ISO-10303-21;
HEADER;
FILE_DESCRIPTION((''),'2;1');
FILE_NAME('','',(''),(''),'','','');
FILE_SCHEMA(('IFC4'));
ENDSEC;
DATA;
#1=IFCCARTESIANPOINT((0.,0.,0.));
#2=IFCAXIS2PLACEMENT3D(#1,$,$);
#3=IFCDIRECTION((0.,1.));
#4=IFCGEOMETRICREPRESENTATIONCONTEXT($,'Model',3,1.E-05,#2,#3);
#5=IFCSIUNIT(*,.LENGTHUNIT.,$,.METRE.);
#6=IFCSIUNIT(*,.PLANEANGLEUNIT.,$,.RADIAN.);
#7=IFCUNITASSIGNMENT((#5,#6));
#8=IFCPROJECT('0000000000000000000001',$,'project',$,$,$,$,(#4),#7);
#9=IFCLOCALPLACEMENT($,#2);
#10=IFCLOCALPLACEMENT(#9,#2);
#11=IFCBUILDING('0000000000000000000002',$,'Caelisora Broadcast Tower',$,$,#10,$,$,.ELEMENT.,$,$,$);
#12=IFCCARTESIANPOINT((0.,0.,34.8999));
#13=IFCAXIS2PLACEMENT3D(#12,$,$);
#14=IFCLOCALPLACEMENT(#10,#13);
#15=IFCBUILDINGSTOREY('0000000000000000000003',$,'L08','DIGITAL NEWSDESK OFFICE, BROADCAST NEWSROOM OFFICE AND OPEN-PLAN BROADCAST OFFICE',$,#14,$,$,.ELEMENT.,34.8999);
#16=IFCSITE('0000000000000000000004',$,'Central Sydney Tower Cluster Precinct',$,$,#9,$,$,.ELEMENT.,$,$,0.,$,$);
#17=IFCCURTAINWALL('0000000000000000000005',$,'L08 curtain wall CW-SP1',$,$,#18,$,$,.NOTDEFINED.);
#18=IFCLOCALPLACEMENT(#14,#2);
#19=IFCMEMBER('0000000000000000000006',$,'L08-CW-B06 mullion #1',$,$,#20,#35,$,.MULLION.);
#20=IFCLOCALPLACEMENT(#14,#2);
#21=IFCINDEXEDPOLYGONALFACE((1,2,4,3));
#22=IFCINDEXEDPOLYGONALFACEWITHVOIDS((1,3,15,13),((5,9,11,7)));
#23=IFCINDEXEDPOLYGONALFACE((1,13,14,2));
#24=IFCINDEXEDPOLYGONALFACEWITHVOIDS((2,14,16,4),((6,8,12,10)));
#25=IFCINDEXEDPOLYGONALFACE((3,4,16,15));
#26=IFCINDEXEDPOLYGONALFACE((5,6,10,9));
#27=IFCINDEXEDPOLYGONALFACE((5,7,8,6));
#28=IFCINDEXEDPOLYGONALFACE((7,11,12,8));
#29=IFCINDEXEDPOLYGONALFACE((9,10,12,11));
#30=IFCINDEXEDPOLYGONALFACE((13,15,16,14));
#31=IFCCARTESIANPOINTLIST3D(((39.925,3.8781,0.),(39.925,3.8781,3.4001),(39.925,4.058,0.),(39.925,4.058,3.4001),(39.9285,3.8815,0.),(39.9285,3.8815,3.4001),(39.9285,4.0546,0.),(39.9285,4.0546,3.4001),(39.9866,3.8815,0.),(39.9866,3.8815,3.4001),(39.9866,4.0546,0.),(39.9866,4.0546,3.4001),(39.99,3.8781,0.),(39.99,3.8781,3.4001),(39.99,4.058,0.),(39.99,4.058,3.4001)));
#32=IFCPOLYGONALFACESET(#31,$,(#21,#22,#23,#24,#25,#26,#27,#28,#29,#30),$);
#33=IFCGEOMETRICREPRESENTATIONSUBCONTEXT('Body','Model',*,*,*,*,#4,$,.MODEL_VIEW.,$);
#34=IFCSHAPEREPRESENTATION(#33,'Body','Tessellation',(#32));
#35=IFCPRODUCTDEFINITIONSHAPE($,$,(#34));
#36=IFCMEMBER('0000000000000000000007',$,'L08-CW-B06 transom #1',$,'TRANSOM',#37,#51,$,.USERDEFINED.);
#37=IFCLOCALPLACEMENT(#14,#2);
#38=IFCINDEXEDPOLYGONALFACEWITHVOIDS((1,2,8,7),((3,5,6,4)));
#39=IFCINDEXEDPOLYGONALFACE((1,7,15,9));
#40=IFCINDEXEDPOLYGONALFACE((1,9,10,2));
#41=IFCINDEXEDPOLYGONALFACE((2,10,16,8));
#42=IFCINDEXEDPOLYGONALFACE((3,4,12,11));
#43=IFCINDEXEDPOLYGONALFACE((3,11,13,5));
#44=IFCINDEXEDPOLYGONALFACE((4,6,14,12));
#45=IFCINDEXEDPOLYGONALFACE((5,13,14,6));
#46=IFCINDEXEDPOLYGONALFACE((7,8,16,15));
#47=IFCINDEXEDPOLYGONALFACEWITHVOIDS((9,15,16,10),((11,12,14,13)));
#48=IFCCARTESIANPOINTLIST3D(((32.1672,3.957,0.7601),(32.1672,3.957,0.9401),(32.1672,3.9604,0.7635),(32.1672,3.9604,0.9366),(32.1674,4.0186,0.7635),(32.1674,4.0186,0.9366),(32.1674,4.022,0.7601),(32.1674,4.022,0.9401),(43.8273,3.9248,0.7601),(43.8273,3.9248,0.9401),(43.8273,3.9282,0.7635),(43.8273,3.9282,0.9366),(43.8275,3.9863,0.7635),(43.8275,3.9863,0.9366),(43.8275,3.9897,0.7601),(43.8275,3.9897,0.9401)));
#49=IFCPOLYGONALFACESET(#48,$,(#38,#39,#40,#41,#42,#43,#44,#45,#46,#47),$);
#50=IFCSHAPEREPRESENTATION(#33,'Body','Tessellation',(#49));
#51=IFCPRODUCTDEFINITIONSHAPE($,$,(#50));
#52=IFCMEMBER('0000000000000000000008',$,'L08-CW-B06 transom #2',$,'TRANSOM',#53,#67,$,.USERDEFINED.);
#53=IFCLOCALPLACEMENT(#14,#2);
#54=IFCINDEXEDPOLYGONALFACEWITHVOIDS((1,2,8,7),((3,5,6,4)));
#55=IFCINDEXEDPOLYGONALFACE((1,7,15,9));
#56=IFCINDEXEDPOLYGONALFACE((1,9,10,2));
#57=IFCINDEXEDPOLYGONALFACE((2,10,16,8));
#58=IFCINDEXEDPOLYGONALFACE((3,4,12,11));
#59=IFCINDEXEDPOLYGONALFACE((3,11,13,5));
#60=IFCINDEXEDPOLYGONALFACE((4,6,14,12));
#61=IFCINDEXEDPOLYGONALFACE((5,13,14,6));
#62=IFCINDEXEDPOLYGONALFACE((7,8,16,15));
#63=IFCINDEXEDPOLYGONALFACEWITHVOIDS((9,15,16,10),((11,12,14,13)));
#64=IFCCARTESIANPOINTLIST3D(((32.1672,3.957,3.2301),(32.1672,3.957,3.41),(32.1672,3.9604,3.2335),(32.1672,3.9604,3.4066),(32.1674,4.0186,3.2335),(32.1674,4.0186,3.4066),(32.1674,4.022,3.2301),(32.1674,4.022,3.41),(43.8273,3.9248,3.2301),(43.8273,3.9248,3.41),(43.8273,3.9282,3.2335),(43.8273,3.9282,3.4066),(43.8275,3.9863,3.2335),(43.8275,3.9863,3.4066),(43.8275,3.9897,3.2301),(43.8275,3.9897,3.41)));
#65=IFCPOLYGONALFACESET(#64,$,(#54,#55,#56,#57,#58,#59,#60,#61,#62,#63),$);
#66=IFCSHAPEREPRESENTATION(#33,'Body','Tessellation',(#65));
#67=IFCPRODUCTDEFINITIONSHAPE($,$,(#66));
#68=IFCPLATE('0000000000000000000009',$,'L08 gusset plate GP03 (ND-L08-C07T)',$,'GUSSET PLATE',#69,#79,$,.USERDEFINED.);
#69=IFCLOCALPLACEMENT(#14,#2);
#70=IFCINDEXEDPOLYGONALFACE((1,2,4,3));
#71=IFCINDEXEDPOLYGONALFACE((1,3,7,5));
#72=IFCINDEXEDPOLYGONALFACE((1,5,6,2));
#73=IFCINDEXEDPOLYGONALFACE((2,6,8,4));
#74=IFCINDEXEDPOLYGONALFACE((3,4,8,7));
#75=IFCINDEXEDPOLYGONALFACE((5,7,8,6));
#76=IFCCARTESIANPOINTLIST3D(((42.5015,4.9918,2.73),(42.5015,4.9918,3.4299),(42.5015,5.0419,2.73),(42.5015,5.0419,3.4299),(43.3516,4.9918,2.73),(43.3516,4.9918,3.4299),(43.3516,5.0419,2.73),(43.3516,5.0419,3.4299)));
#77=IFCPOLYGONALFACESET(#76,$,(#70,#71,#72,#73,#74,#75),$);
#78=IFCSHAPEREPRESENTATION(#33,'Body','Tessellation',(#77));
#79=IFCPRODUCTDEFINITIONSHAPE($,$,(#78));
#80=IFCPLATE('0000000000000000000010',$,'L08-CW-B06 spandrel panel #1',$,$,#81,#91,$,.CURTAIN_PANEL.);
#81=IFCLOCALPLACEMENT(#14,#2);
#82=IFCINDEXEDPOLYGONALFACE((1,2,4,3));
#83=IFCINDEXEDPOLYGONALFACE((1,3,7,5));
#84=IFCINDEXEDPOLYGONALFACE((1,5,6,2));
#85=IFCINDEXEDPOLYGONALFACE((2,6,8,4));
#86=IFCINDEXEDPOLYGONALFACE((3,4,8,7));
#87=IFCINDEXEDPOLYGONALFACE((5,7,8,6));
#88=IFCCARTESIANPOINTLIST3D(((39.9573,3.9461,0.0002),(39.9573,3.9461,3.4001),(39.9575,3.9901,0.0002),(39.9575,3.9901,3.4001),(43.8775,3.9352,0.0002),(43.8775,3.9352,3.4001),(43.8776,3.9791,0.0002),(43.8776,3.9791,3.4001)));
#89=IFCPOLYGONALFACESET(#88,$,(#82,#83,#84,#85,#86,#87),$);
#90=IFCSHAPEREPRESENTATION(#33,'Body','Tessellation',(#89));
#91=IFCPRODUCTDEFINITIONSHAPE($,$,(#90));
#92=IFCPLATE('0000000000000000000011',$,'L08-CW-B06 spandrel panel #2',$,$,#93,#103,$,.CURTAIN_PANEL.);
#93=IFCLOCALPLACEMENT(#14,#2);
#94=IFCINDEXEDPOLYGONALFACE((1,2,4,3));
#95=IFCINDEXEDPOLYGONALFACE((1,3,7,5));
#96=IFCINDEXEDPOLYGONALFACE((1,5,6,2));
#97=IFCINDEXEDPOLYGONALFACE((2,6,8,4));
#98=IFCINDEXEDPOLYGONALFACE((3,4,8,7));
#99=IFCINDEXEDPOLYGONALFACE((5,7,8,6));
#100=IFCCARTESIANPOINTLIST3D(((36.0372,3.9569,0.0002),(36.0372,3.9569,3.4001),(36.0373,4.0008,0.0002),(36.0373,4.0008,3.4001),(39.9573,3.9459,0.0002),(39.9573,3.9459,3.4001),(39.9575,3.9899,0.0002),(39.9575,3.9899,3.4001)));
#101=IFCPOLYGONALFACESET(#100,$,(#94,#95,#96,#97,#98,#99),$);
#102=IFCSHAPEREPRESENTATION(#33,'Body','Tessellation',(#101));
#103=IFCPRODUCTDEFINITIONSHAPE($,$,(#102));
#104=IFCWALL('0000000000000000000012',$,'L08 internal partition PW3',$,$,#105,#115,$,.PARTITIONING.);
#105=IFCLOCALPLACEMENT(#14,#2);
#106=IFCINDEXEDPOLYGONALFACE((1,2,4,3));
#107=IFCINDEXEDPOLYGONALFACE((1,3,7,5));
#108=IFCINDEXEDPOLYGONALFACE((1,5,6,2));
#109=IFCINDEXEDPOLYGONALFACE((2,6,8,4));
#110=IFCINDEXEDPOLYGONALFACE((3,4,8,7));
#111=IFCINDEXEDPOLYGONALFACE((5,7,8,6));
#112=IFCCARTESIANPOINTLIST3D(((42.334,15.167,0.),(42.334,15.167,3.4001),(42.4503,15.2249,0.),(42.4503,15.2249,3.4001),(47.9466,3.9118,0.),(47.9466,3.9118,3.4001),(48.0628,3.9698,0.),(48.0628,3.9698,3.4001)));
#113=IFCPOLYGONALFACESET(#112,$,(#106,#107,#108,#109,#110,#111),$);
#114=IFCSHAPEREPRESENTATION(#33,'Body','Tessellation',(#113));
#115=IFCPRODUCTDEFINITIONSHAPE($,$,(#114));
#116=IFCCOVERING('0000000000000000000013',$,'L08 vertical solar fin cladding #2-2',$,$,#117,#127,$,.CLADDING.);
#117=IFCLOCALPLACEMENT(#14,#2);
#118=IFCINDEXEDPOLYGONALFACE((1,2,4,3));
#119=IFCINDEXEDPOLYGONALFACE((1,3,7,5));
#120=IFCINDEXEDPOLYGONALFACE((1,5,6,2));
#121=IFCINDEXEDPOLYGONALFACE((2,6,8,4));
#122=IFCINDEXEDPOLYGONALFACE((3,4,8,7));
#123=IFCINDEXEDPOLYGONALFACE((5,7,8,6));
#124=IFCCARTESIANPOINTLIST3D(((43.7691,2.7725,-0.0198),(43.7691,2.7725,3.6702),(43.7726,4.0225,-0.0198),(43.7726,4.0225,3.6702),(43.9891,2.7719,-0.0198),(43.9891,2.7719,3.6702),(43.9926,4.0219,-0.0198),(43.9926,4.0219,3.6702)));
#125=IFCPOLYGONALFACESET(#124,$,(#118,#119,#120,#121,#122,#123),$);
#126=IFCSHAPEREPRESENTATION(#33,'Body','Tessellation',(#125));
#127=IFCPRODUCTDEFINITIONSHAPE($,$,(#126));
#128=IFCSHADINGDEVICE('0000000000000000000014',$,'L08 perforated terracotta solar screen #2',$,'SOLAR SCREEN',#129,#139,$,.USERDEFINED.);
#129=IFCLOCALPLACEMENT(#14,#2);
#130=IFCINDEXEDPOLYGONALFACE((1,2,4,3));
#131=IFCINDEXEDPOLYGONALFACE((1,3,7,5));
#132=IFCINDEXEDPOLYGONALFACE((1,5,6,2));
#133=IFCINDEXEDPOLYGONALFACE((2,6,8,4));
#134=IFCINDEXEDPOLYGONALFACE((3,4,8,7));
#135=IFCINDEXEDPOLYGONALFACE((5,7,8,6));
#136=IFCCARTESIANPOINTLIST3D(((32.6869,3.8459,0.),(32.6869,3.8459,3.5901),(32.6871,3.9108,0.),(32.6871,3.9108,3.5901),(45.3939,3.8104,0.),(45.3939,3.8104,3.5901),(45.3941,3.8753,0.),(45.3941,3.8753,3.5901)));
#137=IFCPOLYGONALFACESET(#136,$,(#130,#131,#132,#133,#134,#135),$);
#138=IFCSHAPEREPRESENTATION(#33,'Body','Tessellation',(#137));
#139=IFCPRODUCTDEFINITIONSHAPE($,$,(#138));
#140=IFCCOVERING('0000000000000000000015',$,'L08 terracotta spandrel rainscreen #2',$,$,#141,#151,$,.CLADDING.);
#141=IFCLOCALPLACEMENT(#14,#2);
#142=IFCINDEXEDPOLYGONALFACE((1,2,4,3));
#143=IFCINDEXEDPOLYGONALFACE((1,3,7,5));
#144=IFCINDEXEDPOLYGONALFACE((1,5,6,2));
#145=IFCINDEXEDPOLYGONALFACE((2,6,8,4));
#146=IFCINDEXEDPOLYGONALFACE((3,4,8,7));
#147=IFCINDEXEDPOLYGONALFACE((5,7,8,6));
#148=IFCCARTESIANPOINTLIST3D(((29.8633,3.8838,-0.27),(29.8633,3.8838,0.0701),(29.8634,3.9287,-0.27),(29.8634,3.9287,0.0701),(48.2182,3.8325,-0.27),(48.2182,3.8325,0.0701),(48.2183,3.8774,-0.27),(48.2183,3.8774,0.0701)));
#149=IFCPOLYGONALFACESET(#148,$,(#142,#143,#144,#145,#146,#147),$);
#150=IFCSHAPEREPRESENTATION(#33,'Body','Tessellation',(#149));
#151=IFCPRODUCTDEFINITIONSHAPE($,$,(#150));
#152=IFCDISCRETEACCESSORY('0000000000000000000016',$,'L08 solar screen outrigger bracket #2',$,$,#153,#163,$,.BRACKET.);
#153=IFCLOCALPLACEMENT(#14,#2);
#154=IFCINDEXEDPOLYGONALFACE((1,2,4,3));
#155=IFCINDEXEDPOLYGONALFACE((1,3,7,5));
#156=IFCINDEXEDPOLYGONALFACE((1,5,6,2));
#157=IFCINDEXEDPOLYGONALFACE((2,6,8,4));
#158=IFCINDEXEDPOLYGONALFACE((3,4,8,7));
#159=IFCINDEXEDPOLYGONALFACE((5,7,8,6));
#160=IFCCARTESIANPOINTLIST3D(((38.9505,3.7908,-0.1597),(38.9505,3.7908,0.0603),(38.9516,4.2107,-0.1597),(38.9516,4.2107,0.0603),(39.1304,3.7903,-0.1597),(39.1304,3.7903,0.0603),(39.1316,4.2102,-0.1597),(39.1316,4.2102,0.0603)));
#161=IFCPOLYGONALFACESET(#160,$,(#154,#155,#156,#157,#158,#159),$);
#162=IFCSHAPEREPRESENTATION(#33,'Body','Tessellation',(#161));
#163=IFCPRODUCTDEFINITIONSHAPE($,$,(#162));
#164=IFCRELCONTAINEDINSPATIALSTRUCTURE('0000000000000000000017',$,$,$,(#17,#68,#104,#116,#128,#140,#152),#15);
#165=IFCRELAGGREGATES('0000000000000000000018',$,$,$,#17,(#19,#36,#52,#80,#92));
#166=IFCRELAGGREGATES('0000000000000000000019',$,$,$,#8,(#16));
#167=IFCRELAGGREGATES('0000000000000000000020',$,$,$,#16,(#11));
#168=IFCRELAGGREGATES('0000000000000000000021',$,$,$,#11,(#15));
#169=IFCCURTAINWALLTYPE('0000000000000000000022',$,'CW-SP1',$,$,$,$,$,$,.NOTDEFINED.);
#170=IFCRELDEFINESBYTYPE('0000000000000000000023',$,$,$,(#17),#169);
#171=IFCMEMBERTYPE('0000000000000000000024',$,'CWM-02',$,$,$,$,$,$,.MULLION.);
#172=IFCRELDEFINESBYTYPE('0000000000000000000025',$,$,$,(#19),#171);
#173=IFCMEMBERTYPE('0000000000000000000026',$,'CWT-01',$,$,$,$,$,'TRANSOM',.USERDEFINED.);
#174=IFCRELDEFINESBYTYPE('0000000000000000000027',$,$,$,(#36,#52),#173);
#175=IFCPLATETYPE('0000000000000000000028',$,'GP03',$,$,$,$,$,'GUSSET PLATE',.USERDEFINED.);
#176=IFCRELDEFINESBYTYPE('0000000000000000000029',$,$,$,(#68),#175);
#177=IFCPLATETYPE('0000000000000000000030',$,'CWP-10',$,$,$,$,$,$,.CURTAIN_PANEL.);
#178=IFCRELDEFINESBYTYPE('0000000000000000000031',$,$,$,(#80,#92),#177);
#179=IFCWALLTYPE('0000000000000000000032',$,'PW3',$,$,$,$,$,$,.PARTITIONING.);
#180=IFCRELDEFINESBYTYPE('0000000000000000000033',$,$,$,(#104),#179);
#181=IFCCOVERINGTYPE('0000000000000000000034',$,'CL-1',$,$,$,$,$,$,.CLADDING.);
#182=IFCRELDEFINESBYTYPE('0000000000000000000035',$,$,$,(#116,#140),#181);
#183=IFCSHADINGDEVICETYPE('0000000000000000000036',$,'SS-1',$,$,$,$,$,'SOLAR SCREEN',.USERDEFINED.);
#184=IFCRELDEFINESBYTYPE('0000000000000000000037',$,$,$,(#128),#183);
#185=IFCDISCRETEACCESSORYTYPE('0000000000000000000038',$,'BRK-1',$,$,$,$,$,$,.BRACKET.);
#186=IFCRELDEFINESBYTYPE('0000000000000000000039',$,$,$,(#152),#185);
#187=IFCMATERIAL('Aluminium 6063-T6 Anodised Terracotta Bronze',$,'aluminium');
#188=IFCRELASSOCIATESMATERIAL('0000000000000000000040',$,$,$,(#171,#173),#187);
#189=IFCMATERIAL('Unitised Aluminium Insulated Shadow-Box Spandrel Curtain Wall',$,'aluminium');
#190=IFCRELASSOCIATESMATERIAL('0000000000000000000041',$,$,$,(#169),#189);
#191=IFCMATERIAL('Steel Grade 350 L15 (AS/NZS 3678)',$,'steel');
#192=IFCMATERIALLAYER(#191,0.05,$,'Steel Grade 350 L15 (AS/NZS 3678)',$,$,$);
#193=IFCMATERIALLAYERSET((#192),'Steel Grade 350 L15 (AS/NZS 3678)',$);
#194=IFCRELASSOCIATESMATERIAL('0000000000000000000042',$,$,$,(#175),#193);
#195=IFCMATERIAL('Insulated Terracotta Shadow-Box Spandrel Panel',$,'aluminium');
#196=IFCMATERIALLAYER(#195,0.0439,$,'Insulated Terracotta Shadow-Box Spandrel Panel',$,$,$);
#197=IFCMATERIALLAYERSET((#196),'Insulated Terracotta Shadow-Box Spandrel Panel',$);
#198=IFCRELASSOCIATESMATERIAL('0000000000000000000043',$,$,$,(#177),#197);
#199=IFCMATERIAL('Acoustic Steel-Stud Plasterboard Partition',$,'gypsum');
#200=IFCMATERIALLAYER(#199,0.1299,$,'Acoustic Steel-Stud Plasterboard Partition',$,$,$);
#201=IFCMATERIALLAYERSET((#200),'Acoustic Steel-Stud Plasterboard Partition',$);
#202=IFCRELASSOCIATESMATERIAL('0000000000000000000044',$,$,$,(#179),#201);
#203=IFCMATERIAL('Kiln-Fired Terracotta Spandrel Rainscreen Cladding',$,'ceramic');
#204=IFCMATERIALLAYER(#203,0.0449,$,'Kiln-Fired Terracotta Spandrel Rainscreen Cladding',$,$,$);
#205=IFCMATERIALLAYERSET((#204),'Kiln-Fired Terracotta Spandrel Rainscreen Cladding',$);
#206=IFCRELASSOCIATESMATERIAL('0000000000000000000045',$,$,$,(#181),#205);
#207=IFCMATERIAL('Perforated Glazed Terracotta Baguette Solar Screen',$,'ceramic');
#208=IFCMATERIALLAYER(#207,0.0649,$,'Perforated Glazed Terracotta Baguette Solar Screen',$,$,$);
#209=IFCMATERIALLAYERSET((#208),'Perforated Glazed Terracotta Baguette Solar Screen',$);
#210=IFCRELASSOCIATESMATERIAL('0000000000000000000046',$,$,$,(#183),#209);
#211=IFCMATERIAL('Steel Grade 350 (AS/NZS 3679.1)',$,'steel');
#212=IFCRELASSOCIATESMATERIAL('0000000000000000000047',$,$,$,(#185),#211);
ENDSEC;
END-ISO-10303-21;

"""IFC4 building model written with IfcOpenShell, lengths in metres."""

from ifc_helpers import new_model, si_unit, direction, frame, frame_2d, origin, origin_2d, place, context, subcontext, project, spatial, rectangle, hollow_rectangle, extrude, source, transform, mapped, material, layer, layer_set, material_profile, profile_set, type_object, type_shapes, element, aggregate, save


model = new_model("IFC4")

# Units and contexts
model_context = context("Model", 3, precision=1e-05, world=origin(), true_north=direction((0.0, 1.0)))
body_context = subcontext(model_context, "Body", "Model", "MODEL_VIEW")
ifc_project = project(units=[si_unit("LENGTHUNIT", "METRE"), si_unit("PLANEANGLEUNIT", "RADIAN")], contexts=[model_context])

# Site, building, storey
site_placement = place(None, origin())
site = spatial("IfcSite", under=ifc_project, at=site_placement, Name="Central Sydney Tower Cluster Precinct", CompositionType="ELEMENT", RefElevation=0.0)
building_placement = place(site_placement, origin())
building = spatial("IfcBuilding", under=site, at=building_placement, Name="Caelisora Broadcast Tower", CompositionType="ELEMENT")
storey_placement = place(building_placement, frame((0.0, 0.0, 34.8999)))
storey = spatial("IfcBuildingStorey", under=building, at=storey_placement, Name="L08", Description="DIGITAL NEWSDESK OFFICE, BROADCAST NEWSROOM OFFICE AND OPEN-PLAN BROADCAST OFFICE", CompositionType="ELEMENT", Elevation=34.8999)

# Shared definitions
ifc_material_1 = material(Name="Steel Grade 350 L15 (AS/NZS 3678)", Category="steel")

# Shared definitions
ifc_material_2 = material(Name="Steel Grade 350 (AS/NZS 3679.1)", Category="steel")

# Shared definitions
ifc_material_3 = material(Name="Aluminium 6063-T6 Anodised Terracotta Bronze", Category="aluminium")
ifc_material_profile_1 = material_profile(ifc_material_3, hollow_rectangle(XDim=0.0649, YDim=0.1799, WallThickness=0.0034, at=origin_2d()), Name="Aluminium 6063-T6 Anodised Terracotta Bronze")
ifc_profile_set_1 = profile_set([ifc_material_profile_1], Name="Aluminium 6063-T6 Anodised Terracotta Bronze")
member_type_1 = type_object("IfcMemberType", Name="CWM-02", PredefinedType="MULLION", material=ifc_profile_set_1)
shared_shape_1 = source(origin(), body_context, "Body", "SweptSolid", [
    extrude(hollow_rectangle(XDim=0.0649, YDim=0.1799, WallThickness=0.0034, at=origin_2d()), origin(), (0.0, 0.0, 1.0), 3.4001),
])
type_shapes(member_type_1, [shared_shape_1])

# Curtain wall, members
ifc_material_4 = material(Name="Unitised Aluminium Insulated Shadow-Box Spandrel Curtain Wall", Category="aluminium")
curtain_wall_type_1 = type_object("IfcCurtainWallType", Name="CW-SP1", PredefinedType="NOTDEFINED", material=ifc_material_4)
curtain_wall_1_placement = place(storey_placement, origin())
curtain_wall_1 = element("IfcCurtainWall", 1, at=curtain_wall_1_placement, inside=storey, type_object=curtain_wall_type_1, Name="L08 curtain wall CW-SP1", PredefinedType="NOTDEFINED")
member_1_placement = place(storey_placement, frame((39.9575, 3.968, 0.0), z_axis=(0.0, 0.0, 1.0), x_axis=(1.0, 0.0, 0.0)))
member_1 = element("IfcMember", 2, at=member_1_placement, type_object=member_type_1, Name="L08-CW-B06 mullion #1", PredefinedType="MULLION", context=body_context, shape_type="MappedRepresentation", body=[
    mapped(shared_shape_1, transform((0.0, 0.0, 0.0), scale=1.0)),
])
ifc_material_profile_2 = material_profile(ifc_material_3, hollow_rectangle(XDim=0.0649, YDim=0.1799, WallThickness=0.0034, at=origin_2d()), Name="Aluminium 6063-T6 Anodised Terracotta Bronze")
ifc_profile_set_2 = profile_set([ifc_material_profile_2], Name="Aluminium 6063-T6 Anodised Terracotta Bronze")
member_type_2 = type_object("IfcMemberType", Name="CWT-01", ElementType="TRANSOM", PredefinedType="USERDEFINED", material=ifc_profile_set_2)
shared_shape_2 = source(origin(), body_context, "Body", "SweptSolid", [
    extrude(hollow_rectangle(XDim=0.0649, YDim=0.1799, WallThickness=0.0034, at=origin_2d()), origin(), (0.0, 0.0, 1.0), 11.6602),
])
type_shapes(member_type_2, [shared_shape_2])
member_2_placement = place(storey_placement, frame((43.8274, 3.9573, 0.8501), z_axis=(-0.999996, 0.002764, 0.0), x_axis=(-0.002764, -0.999996, 0.0)))
member_2 = element("IfcMember", 3, at=member_2_placement, type_object=member_type_2, Name="L08-CW-B06 transom #1", ObjectType="TRANSOM", PredefinedType="USERDEFINED", context=body_context, shape_type="MappedRepresentation", body=[
    mapped(shared_shape_2, transform((0.0, 0.0, 0.0), scale=1.0)),
])
member_3_placement = place(storey_placement, frame((43.8274, 3.9573, 3.3201), z_axis=(-0.999996, 0.002764, 0.0), x_axis=(-0.002764, -0.999996, 0.0)))
member_3 = element("IfcMember", 4, at=member_3_placement, type_object=member_type_2, Name="L08-CW-B06 transom #2", ObjectType="TRANSOM", PredefinedType="USERDEFINED", context=body_context, shape_type="MappedRepresentation", body=[
    mapped(shared_shape_2, transform((0.0, 0.0, 0.0), scale=1.0)),
])

# Plates
ifc_layer_1 = layer(ifc_material_1, 0.05, Name="Steel Grade 350 L15 (AS/NZS 3678)")
ifc_layer_set_1 = layer_set([ifc_layer_1], Name="Steel Grade 350 L15 (AS/NZS 3678)")
plate_type_1 = type_object("IfcPlateType", Name="GP03", ElementType="GUSSET PLATE", PredefinedType="USERDEFINED", material=ifc_layer_set_1)
shared_shape_3 = source(origin(), body_context, "Body", "SweptSolid", [
    extrude(rectangle(XDim=0.8501, YDim=0.05, at=origin_2d()), origin(), (0.0, 0.0, 1.0), 0.7),
])
type_shapes(plate_type_1, [shared_shape_3])
plate_1_placement = place(storey_placement, frame((42.9265, 5.0168, 2.73), z_axis=(0.0, 0.0, 1.0), x_axis=(1.0, 0.0, 0.0)))
element("IfcPlate", 5, at=plate_1_placement, inside=storey, type_object=plate_type_1, Name="L08 gusset plate GP03 (ND-L08-C07T)", ObjectType="GUSSET PLATE", PredefinedType="USERDEFINED", context=body_context, shape_type="MappedRepresentation", body=[
    mapped(shared_shape_3, transform((0.0, 0.0, 0.0), scale=1.0)),
])
ifc_material_5 = material(Name="Insulated Terracotta Shadow-Box Spandrel Panel", Category="aluminium")
ifc_layer_2 = layer(ifc_material_5, 0.0439, Name="Insulated Terracotta Shadow-Box Spandrel Panel")
ifc_layer_set_2 = layer_set([ifc_layer_2], Name="Insulated Terracotta Shadow-Box Spandrel Panel")
plate_type_2 = type_object("IfcPlateType", Name="CWP-10", PredefinedType="CURTAIN_PANEL", material=ifc_layer_set_2)
shared_shape_4 = source(origin(), body_context, "Body", "SweptSolid", [
    extrude(rectangle(XDim=3.9202, YDim=0.0439, at=origin_2d()), origin(), (0.0, 0.0, 1.0), 3.3999),
])
type_shapes(plate_type_2, [shared_shape_4])
plate_2_placement = place(storey_placement, frame((41.9175, 3.9626, 0.0002), z_axis=(0.0, 0.0, 1.0), x_axis=(-0.999996, 0.002793, 0.0)))
plate_2 = element("IfcPlate", 6, at=plate_2_placement, type_object=plate_type_2, Name="L08-CW-B06 spandrel panel #1", PredefinedType="CURTAIN_PANEL", context=body_context, shape_type="MappedRepresentation", body=[
    mapped(shared_shape_4, transform((0.0, 0.0, 0.0), scale=1.0)),
])
plate_3_placement = place(storey_placement, frame((37.9973, 3.9734, 0.0002), z_axis=(0.0, 0.0, 1.0), x_axis=(-0.999996, 0.002793, 0.0)))
plate_3 = element("IfcPlate", 7, at=plate_3_placement, type_object=plate_type_2, Name="L08-CW-B06 spandrel panel #2", PredefinedType="CURTAIN_PANEL", context=body_context, shape_type="MappedRepresentation", body=[
    mapped(shared_shape_4, transform((0.0, 0.0, 0.0), scale=1.0)),
])
aggregate(curtain_wall_1, [member_1, member_2, member_3, plate_2, plate_3])

# Wall
ifc_material_6 = material(Name="Acoustic Steel-Stud Plasterboard Partition", Category="gypsum")
ifc_layer_3 = layer(ifc_material_6, 0.1299, Name="Acoustic Steel-Stud Plasterboard Partition")
ifc_layer_set_3 = layer_set([ifc_layer_3], Name="Acoustic Steel-Stud Plasterboard Partition")
wall_type = type_object("IfcWallType", Name="PW3", PredefinedType="PARTITIONING", material=ifc_layer_set_3)
wall_placement = place(storey_placement, frame((42.3921, 15.196, 0.0), z_axis=(0.0, 0.0, 1.0), x_axis=(0.446258, -0.894904, 0.0)))
element("IfcWall", 8, at=wall_placement, inside=storey, type_object=wall_type, Name="L08 internal partition PW3", PredefinedType="PARTITIONING", context=body_context, shape_type="SweptSolid", body=[
    extrude(rectangle(XDim=12.5769, YDim=0.1299, at=frame_2d((6.2886, 0.0))), origin(), (0.0, 0.0, 1.0), 3.4001),
])

# Covering
ifc_material_7 = material(Name="Kiln-Fired Terracotta Spandrel Rainscreen Cladding", Category="ceramic")
ifc_layer_4 = layer(ifc_material_7, 0.0449, Name="Kiln-Fired Terracotta Spandrel Rainscreen Cladding")
ifc_layer_set_4 = layer_set([ifc_layer_4], Name="Kiln-Fired Terracotta Spandrel Rainscreen Cladding")
covering_type = type_object("IfcCoveringType", Name="CL-1", PredefinedType="CLADDING", material=ifc_layer_set_4)
shared_shape_5 = source(origin(), body_context, "Body", "SweptSolid", [
    extrude(rectangle(XDim=0.22, YDim=1.25, at=origin_2d()), origin(), (0.0, 0.0, 1.0), 3.6899),
])
covering_1_placement = place(storey_placement, frame((43.8809, 3.3972, -0.0198), z_axis=(0.0, 0.0, 1.0), x_axis=(-0.999996, 0.002793, 0.0)))
element("IfcCovering", 9, at=covering_1_placement, inside=storey, type_object=covering_type, Name="L08 vertical solar fin cladding #2-2", PredefinedType="CLADDING", context=body_context, shape_type="MappedRepresentation", body=[
    mapped(shared_shape_5, transform((0.0, 0.0, 0.0), scale=1.0)),
])

# Shading device
ifc_material_8 = material(Name="Perforated Glazed Terracotta Baguette Solar Screen", Category="ceramic")
ifc_layer_5 = layer(ifc_material_8, 0.0649, Name="Perforated Glazed Terracotta Baguette Solar Screen")
ifc_layer_set_5 = layer_set([ifc_layer_5], Name="Perforated Glazed Terracotta Baguette Solar Screen")
shading_device_type = type_object("IfcShadingDeviceType", Name="SS-1", ElementType="SOLAR SCREEN", PredefinedType="USERDEFINED", material=ifc_layer_set_5)
shared_shape_6 = source(origin(), body_context, "Body", "SweptSolid", [
    extrude(rectangle(XDim=12.707, YDim=0.0649, at=origin_2d()), origin(), (0.0, 0.0, 1.0), 3.5901),
])
type_shapes(shading_device_type, [shared_shape_6])
shading_device_placement = place(storey_placement, frame((39.0405, 3.8606, 0.0), z_axis=(0.0, 0.0, 1.0), x_axis=(0.999996, -0.002793, 0.0)))
element("IfcShadingDevice", 10, at=shading_device_placement, inside=storey, type_object=shading_device_type, Name="L08 perforated terracotta solar screen #2", ObjectType="SOLAR SCREEN", PredefinedType="USERDEFINED", context=body_context, shape_type="MappedRepresentation", body=[
    mapped(shared_shape_6, transform((0.0, 0.0, 0.0), scale=1.0)),
])

# Covering
shared_shape_7 = source(origin(), body_context, "Body", "SweptSolid", [
    extrude(rectangle(XDim=18.355, YDim=0.0449, at=origin_2d()), origin(), (0.0, 0.0, 1.0), 0.3401),
])
type_shapes(covering_type, [shared_shape_5, shared_shape_7])
covering_2_placement = place(storey_placement, frame((39.0408, 3.8806, -0.27), z_axis=(0.0, 0.0, 1.0), x_axis=(0.999996, -0.002793, 0.0)))
element("IfcCovering", 11, at=covering_2_placement, inside=storey, type_object=covering_type, Name="L08 terracotta spandrel rainscreen #2", PredefinedType="CLADDING", context=body_context, shape_type="MappedRepresentation", body=[
    mapped(shared_shape_7, transform((0.0, 0.0, 0.0), scale=1.0)),
])

# Discrete accessory
discrete_accessory_type = type_object("IfcDiscreteAccessoryType", Name="BRK-1", PredefinedType="BRACKET", material=ifc_material_2)
shared_shape_8 = source(origin(), body_context, "Body", "SweptSolid", [
    extrude(rectangle(XDim=0.1799, YDim=0.4199, at=origin_2d()), origin(), (0.0, 0.0, 1.0), 0.22),
])
type_shapes(discrete_accessory_type, [shared_shape_8])
discrete_accessory_placement = place(storey_placement, frame((39.041, 4.0005, -0.1597), z_axis=(0.0, 0.0, 1.0), x_axis=(0.999996, -0.002793, 0.0)))
element("IfcDiscreteAccessory", 12, at=discrete_accessory_placement, inside=storey, type_object=discrete_accessory_type, Name="L08 solar screen outrigger bracket #2", PredefinedType="BRACKET", context=body_context, shape_type="MappedRepresentation", body=[
    mapped(shared_shape_8, transform((0.0, 0.0, 0.0), scale=1.0)),
])

save(model, "model.ifc")
